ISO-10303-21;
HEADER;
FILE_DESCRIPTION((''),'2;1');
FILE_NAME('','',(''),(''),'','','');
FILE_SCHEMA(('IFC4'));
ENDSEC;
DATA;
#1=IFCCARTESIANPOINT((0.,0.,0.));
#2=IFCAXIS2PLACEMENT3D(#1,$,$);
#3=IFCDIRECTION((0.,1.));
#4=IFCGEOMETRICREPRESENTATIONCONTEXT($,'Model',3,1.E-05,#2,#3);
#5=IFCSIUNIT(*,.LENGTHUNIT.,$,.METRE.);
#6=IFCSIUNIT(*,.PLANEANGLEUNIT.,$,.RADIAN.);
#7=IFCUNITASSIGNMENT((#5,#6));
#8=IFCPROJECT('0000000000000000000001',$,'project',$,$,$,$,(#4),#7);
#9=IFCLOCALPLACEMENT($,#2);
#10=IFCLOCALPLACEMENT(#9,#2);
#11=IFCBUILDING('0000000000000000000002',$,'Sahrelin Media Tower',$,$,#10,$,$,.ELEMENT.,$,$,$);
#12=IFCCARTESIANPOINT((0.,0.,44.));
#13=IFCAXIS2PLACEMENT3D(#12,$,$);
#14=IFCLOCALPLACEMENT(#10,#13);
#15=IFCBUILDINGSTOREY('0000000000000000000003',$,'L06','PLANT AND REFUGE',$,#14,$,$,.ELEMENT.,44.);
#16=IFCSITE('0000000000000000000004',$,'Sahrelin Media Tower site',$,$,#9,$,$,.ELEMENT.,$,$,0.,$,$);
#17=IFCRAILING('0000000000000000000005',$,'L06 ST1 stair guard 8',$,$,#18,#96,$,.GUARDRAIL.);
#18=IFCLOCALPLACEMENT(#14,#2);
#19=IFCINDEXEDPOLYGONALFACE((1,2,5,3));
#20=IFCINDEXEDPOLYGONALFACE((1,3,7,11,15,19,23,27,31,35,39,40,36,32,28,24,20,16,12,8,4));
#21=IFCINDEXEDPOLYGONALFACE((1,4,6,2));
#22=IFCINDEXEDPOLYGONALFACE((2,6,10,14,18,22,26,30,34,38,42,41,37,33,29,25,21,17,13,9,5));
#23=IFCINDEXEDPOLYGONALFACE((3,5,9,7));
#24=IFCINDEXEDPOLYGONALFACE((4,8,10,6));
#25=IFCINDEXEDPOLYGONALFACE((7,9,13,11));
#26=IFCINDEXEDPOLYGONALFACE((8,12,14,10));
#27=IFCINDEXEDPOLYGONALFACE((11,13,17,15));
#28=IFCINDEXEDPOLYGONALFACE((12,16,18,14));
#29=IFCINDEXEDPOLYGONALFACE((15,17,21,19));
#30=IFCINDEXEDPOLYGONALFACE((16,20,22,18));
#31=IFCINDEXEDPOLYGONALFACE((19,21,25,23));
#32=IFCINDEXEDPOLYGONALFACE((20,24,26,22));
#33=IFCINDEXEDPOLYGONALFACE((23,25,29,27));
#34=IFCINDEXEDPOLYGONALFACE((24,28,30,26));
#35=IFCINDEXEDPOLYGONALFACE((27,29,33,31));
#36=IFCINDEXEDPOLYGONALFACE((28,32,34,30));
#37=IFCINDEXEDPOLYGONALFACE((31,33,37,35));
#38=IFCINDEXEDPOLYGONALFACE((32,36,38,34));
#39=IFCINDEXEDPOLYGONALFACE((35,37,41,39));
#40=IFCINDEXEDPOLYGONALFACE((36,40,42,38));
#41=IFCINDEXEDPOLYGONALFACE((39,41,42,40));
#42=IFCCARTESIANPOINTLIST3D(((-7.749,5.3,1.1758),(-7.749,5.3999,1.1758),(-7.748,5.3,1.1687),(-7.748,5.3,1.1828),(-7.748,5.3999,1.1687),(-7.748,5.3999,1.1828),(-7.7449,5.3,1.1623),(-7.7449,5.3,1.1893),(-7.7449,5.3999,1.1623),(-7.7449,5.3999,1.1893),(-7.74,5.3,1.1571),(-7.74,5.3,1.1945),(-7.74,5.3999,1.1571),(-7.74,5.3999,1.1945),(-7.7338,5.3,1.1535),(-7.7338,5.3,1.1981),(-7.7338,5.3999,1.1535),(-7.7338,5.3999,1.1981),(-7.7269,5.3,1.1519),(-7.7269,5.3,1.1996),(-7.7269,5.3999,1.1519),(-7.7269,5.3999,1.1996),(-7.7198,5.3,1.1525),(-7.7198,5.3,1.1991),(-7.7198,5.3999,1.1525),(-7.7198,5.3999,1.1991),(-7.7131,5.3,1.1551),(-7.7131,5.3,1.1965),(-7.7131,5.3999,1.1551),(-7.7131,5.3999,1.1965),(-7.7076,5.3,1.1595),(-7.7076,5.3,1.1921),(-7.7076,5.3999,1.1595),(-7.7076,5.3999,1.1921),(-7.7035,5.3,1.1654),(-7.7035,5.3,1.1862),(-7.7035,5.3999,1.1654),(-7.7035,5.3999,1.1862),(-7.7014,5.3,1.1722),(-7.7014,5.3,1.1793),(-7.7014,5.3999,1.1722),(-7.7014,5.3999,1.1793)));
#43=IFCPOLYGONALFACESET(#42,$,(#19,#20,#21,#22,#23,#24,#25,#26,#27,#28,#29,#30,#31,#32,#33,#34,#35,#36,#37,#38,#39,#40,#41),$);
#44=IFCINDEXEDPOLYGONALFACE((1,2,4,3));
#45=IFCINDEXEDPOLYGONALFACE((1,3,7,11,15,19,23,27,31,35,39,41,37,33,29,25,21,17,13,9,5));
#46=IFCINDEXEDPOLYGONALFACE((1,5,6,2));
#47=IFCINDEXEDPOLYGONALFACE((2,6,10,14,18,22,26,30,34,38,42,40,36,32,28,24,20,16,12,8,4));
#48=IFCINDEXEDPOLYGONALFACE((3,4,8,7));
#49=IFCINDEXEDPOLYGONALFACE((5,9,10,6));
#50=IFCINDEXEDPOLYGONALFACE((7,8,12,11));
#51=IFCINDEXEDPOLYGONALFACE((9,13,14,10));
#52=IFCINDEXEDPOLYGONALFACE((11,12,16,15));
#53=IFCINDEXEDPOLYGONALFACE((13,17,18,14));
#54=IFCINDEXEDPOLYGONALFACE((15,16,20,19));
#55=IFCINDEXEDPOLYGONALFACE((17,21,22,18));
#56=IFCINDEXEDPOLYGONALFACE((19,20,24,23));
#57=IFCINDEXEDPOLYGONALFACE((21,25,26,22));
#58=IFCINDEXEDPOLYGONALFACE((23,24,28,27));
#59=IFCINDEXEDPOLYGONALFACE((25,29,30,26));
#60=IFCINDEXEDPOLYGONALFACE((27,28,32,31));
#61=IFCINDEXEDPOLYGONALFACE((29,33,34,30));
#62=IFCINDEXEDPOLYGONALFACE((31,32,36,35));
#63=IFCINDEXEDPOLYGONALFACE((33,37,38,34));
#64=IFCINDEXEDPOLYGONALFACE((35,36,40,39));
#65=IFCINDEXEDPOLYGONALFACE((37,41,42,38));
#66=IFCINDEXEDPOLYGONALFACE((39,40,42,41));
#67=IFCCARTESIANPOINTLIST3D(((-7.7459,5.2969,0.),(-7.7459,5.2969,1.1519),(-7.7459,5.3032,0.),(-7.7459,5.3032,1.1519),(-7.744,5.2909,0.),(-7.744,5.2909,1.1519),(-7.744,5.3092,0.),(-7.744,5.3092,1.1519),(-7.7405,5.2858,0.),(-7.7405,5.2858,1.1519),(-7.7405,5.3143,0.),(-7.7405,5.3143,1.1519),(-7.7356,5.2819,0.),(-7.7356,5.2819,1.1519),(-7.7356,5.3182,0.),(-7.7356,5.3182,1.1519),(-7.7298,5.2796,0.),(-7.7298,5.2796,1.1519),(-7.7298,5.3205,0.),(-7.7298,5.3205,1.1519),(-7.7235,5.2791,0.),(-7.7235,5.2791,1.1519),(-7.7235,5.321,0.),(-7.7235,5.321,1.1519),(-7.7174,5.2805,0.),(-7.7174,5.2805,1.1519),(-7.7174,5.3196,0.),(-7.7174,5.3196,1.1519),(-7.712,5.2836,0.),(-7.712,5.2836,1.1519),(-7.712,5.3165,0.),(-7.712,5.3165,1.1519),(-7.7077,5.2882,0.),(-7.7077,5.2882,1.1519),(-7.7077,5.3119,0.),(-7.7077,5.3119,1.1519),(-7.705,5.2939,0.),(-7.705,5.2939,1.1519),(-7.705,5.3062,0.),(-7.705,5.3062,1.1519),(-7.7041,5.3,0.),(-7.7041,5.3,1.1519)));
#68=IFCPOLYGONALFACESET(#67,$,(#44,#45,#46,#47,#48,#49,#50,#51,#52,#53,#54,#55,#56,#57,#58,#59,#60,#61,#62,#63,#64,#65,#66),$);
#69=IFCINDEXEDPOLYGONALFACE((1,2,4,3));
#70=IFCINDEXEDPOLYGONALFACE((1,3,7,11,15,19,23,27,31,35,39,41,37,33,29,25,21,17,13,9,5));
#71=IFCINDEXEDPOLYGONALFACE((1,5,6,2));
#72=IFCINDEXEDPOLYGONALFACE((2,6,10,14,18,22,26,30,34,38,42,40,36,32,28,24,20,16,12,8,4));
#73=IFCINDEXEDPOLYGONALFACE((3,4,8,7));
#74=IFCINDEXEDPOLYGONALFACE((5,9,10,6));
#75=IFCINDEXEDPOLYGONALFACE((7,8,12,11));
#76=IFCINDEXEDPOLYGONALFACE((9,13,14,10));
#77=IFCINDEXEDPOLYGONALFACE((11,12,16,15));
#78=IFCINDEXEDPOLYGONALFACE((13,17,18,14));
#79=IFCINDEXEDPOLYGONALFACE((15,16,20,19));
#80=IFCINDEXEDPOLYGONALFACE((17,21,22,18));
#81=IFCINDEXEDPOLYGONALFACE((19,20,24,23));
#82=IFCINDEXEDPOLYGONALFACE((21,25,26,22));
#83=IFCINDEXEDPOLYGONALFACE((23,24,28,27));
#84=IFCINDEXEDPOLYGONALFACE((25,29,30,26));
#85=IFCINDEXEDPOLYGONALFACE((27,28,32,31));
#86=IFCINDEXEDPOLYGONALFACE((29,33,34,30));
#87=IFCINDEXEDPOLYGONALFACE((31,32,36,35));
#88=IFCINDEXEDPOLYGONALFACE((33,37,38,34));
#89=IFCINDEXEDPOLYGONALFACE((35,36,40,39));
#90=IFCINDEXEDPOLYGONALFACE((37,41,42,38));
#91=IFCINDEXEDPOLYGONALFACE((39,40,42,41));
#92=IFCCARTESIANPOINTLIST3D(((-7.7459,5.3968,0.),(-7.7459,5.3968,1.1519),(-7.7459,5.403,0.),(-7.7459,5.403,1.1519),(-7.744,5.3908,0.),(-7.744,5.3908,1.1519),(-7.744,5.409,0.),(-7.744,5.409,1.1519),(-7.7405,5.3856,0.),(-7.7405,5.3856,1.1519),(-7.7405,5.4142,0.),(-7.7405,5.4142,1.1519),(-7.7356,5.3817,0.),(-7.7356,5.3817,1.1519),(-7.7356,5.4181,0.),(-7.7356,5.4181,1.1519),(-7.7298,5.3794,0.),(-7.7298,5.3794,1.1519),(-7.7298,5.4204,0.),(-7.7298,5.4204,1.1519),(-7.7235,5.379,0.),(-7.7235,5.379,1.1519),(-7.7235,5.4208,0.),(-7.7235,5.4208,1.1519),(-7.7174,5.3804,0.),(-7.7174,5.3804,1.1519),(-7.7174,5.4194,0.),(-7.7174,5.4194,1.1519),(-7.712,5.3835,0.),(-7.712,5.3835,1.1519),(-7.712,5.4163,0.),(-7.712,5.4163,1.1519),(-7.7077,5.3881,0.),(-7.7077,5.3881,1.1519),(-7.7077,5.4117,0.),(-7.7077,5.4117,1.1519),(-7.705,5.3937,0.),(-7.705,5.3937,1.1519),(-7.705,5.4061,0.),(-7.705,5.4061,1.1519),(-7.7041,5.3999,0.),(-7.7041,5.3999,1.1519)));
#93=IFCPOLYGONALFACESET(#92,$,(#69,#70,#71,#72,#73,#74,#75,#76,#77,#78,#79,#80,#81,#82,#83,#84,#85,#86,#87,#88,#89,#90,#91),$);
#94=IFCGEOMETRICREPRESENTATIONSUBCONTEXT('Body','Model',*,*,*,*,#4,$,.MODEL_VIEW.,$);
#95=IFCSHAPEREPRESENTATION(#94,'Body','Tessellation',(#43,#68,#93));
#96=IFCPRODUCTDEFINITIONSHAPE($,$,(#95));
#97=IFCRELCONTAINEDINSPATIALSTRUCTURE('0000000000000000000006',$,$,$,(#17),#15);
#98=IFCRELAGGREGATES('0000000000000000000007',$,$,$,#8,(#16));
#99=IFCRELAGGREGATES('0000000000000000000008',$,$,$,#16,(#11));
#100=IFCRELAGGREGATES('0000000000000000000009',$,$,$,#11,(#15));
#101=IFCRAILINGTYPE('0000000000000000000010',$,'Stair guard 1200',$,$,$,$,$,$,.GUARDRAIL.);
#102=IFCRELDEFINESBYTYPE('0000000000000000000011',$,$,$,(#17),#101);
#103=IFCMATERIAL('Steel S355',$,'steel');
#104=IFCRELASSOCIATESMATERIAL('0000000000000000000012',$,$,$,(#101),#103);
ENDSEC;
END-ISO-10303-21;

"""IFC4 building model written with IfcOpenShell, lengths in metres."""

from ifc_helpers import new_model, si_unit, direction, frame, origin, origin_2d, place, context, subcontext, project, spatial, circle, extrude, material, type_object, element, save


model = new_model("IFC4")

# Units and contexts
model_context = context("Model", 3, precision=1e-05, world=origin(), true_north=direction((0.0, 1.0)))
body_context = subcontext(model_context, "Body", "Model", "MODEL_VIEW")
ifc_project = project(units=[si_unit("LENGTHUNIT", "METRE"), si_unit("PLANEANGLEUNIT", "RADIAN")], contexts=[model_context])

# Site, building, storey
site_placement = place(None, origin())
site = spatial("IfcSite", under=ifc_project, at=site_placement, Name="Sahrelin Media Tower site", CompositionType="ELEMENT", RefElevation=0.0)
building_placement = place(site_placement, origin())
building = spatial("IfcBuilding", under=site, at=building_placement, Name="Sahrelin Media Tower", CompositionType="ELEMENT")
storey_placement = place(building_placement, frame((0.0, 0.0, 44.0)))
storey = spatial("IfcBuildingStorey", under=building, at=storey_placement, Name="L06", Description="PLANT AND REFUGE", CompositionType="ELEMENT", Elevation=44.0)

# Railing
ifc_material_1 = material(Name="Steel S355", Category="steel")
railing_type_1 = type_object("IfcRailingType", Name="Stair guard 1200", PredefinedType="GUARDRAIL", material=ifc_material_1)
railing_1_placement = place(storey_placement, frame((-7.7251, 5.3, 0.0)))
element("IfcRailing", 1, at=railing_1_placement, inside=storey, type_object=railing_type_1, Name="L06 ST1 stair guard 8", PredefinedType="GUARDRAIL", context=body_context, shape_type="SweptSolid", body=[
    extrude(circle(Radius=0.0239, at=origin_2d()), frame((0.0, 0.0, 1.1758), z_axis=(0.0, 1.0, 0.0), x_axis=(-1.0, 0.0, 0.0)), (0.0, 0.0, 1.0), 0.0999),
    extrude(circle(Radius=0.021, at=origin_2d()), origin(), (0.0, 0.0, 1.0), 1.1519),
    extrude(circle(Radius=0.021, at=origin_2d()), frame((0.0, 0.0999, 0.0)), (0.0, 0.0, 1.0), 1.1519),
])

save(model, "model.ifc")
